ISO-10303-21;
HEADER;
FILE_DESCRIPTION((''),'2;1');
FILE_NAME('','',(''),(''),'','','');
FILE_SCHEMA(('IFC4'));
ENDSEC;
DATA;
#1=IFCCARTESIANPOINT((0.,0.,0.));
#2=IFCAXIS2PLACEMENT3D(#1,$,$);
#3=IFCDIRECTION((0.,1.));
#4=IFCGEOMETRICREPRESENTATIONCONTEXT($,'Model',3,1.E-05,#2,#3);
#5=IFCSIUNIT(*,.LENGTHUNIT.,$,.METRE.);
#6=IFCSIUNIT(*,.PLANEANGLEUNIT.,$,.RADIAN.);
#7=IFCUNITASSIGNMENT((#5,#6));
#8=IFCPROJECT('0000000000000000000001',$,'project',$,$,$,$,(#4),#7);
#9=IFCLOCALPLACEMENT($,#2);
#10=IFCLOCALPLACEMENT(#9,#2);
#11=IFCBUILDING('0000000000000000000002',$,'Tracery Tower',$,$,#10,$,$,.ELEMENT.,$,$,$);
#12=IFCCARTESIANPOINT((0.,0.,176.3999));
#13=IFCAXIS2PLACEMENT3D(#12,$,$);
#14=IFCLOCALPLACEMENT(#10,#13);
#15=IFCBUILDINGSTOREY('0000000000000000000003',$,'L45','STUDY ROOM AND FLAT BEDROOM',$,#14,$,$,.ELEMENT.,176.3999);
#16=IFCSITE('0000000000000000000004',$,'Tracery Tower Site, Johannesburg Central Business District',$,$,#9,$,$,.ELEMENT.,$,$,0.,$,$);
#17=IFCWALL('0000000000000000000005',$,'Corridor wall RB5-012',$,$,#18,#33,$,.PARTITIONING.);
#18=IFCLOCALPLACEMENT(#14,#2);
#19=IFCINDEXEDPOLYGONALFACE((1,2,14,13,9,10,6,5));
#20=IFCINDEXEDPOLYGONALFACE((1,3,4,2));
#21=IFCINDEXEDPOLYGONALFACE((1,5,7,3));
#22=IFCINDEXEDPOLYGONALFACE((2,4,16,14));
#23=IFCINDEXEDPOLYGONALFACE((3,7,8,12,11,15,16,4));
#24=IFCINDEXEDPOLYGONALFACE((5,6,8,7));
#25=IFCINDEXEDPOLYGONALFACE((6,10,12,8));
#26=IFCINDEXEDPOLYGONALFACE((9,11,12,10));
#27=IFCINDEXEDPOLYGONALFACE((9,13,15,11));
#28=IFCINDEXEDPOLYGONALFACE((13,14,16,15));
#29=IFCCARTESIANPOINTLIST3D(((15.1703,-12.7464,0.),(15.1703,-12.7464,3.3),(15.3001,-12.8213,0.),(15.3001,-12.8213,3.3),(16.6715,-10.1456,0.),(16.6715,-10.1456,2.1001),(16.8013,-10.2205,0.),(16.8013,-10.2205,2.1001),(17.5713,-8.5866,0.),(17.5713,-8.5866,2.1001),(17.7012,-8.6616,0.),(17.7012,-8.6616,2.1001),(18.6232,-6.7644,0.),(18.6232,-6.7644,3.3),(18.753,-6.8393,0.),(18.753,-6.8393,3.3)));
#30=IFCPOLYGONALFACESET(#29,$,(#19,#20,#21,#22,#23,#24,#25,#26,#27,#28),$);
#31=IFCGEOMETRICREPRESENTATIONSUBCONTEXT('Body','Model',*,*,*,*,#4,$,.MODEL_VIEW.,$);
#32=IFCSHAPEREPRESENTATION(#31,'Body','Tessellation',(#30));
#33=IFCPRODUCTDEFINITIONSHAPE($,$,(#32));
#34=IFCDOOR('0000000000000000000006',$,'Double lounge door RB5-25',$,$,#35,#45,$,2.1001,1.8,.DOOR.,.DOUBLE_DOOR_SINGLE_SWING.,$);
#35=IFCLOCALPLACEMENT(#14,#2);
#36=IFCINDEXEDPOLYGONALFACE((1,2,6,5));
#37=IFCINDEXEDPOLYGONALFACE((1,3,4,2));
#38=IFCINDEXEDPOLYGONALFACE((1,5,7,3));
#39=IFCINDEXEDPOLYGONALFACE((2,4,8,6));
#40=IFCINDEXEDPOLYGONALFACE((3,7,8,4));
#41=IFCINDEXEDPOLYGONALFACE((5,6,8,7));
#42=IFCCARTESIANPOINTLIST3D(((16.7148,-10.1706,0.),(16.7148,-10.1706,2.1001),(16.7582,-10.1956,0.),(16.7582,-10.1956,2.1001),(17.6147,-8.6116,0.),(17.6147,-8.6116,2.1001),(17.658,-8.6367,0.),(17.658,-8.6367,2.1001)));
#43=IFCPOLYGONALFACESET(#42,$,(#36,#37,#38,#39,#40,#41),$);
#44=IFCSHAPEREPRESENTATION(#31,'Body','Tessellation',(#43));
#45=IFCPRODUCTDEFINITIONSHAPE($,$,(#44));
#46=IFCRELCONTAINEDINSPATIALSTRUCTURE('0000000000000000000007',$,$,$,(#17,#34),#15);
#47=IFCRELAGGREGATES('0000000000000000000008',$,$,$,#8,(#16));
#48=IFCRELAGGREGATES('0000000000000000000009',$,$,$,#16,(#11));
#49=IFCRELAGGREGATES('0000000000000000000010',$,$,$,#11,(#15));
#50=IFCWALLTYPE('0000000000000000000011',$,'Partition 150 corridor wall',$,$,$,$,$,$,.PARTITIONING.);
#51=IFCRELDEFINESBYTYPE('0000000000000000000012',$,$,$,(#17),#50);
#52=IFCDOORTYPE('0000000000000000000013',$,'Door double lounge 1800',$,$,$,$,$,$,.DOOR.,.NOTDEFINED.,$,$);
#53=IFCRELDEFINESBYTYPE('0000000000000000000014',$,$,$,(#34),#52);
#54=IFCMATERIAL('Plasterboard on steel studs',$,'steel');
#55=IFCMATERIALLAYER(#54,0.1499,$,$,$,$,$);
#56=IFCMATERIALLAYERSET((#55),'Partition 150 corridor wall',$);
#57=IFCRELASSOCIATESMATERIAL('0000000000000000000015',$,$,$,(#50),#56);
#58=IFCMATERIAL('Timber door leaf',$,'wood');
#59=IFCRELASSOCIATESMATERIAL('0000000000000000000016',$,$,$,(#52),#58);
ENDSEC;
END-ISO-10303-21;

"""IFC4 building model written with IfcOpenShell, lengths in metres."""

from ifc_helpers import new_model, si_unit, direction, frame, frame_2d, origin, place, context, subcontext, project, spatial, rectangle, extrude, material, layer, layer_set, type_object, element, fill, save


model = new_model("IFC4")

# Units and contexts
model_context = context("Model", 3, precision=1e-05, world=origin(), true_north=direction((0.0, 1.0)))
body_context = subcontext(model_context, "Body", "Model", "MODEL_VIEW")
ifc_project = project(units=[si_unit("LENGTHUNIT", "METRE"), si_unit("PLANEANGLEUNIT", "RADIAN")], contexts=[model_context])

# Site, building, storey
site_placement = place(None, origin())
site = spatial("IfcSite", under=ifc_project, at=site_placement, Name="Tracery Tower Site, Johannesburg Central Business District", CompositionType="ELEMENT", RefElevation=0.0)
building_placement = place(site_placement, origin())
building = spatial("IfcBuilding", under=site, at=building_placement, Name="Tracery Tower", CompositionType="ELEMENT")
storey_placement = place(building_placement, frame((0.0, 0.0, 176.3999)))
storey = spatial("IfcBuildingStorey", under=building, at=storey_placement, Name="L45", Description="STUDY ROOM AND FLAT BEDROOM", CompositionType="ELEMENT", Elevation=176.3999)

# Wall, opening, door
ifc_material_1 = material(Name="Plasterboard on steel studs", Category="steel")
ifc_layer_1 = layer(ifc_material_1, 0.1499)
ifc_layer_set_1 = layer_set([ifc_layer_1], Name="Partition 150 corridor wall")
wall_type_1 = type_object("IfcWallType", Name="Partition 150 corridor wall", PredefinedType="PARTITIONING", material=ifc_layer_set_1)
wall_1_placement = place(storey_placement, frame((15.2351, -12.7839, 0.0), z_axis=(0.0, 0.0, 1.0), x_axis=(0.499914, 0.866075, 0.0)))
wall_1 = element("IfcWall", 1, at=wall_1_placement, inside=storey, type_object=wall_type_1, Name="Corridor wall RB5-012", PredefinedType="PARTITIONING", context=body_context, shape_type="SweptSolid", body=[
    extrude(rectangle(XDim=6.907, YDim=0.1499, at=frame_2d((3.4536, 0.0))), origin(), (0.0, 0.0, 1.0), 3.3),
])
opening_1_placement = place(wall_1_placement, frame((3.0032, 0.0, 0.0)))
opening_1 = element("IfcOpeningElement", 2, at=opening_1_placement, cuts=wall_1, PredefinedType="OPENING", context=body_context, shape_type="SweptSolid", body=[
    extrude(rectangle(XDim=1.8, YDim=2.1001, at=frame_2d((0.8999, 1.05))), frame((0.0, 0.075, 0.0), z_axis=(0.0, -1.0, 0.0), x_axis=(1.0, 0.0, 0.0)), (0.0, 0.0, 1.0), 0.1499),
])
ifc_material_2 = material(Name="Timber door leaf", Category="wood")
door_type_1 = type_object("IfcDoorType", Name="Door double lounge 1800", OperationType="NOTDEFINED", PredefinedType="DOOR", material=ifc_material_2)
door_1_placement = place(opening_1_placement, origin())
door_1 = element("IfcDoor", 3, at=door_1_placement, inside=storey, type_object=door_type_1, Name="Double lounge door RB5-25", OperationType="DOUBLE_DOOR_SINGLE_SWING", OverallHeight=2.1001, OverallWidth=1.8, PredefinedType="DOOR", context=body_context, shape_type="SweptSolid", body=[
    extrude(rectangle(XDim=1.8, YDim=2.1001, at=frame_2d((0.8999, 1.05))), frame((0.0, 0.0249, 0.0), z_axis=(0.0, -1.0, 0.0), x_axis=(1.0, 0.0, 0.0)), (0.0, 0.0, 1.0), 0.05),
])
fill(opening_1, door_1)

save(model, "model.ifc")
